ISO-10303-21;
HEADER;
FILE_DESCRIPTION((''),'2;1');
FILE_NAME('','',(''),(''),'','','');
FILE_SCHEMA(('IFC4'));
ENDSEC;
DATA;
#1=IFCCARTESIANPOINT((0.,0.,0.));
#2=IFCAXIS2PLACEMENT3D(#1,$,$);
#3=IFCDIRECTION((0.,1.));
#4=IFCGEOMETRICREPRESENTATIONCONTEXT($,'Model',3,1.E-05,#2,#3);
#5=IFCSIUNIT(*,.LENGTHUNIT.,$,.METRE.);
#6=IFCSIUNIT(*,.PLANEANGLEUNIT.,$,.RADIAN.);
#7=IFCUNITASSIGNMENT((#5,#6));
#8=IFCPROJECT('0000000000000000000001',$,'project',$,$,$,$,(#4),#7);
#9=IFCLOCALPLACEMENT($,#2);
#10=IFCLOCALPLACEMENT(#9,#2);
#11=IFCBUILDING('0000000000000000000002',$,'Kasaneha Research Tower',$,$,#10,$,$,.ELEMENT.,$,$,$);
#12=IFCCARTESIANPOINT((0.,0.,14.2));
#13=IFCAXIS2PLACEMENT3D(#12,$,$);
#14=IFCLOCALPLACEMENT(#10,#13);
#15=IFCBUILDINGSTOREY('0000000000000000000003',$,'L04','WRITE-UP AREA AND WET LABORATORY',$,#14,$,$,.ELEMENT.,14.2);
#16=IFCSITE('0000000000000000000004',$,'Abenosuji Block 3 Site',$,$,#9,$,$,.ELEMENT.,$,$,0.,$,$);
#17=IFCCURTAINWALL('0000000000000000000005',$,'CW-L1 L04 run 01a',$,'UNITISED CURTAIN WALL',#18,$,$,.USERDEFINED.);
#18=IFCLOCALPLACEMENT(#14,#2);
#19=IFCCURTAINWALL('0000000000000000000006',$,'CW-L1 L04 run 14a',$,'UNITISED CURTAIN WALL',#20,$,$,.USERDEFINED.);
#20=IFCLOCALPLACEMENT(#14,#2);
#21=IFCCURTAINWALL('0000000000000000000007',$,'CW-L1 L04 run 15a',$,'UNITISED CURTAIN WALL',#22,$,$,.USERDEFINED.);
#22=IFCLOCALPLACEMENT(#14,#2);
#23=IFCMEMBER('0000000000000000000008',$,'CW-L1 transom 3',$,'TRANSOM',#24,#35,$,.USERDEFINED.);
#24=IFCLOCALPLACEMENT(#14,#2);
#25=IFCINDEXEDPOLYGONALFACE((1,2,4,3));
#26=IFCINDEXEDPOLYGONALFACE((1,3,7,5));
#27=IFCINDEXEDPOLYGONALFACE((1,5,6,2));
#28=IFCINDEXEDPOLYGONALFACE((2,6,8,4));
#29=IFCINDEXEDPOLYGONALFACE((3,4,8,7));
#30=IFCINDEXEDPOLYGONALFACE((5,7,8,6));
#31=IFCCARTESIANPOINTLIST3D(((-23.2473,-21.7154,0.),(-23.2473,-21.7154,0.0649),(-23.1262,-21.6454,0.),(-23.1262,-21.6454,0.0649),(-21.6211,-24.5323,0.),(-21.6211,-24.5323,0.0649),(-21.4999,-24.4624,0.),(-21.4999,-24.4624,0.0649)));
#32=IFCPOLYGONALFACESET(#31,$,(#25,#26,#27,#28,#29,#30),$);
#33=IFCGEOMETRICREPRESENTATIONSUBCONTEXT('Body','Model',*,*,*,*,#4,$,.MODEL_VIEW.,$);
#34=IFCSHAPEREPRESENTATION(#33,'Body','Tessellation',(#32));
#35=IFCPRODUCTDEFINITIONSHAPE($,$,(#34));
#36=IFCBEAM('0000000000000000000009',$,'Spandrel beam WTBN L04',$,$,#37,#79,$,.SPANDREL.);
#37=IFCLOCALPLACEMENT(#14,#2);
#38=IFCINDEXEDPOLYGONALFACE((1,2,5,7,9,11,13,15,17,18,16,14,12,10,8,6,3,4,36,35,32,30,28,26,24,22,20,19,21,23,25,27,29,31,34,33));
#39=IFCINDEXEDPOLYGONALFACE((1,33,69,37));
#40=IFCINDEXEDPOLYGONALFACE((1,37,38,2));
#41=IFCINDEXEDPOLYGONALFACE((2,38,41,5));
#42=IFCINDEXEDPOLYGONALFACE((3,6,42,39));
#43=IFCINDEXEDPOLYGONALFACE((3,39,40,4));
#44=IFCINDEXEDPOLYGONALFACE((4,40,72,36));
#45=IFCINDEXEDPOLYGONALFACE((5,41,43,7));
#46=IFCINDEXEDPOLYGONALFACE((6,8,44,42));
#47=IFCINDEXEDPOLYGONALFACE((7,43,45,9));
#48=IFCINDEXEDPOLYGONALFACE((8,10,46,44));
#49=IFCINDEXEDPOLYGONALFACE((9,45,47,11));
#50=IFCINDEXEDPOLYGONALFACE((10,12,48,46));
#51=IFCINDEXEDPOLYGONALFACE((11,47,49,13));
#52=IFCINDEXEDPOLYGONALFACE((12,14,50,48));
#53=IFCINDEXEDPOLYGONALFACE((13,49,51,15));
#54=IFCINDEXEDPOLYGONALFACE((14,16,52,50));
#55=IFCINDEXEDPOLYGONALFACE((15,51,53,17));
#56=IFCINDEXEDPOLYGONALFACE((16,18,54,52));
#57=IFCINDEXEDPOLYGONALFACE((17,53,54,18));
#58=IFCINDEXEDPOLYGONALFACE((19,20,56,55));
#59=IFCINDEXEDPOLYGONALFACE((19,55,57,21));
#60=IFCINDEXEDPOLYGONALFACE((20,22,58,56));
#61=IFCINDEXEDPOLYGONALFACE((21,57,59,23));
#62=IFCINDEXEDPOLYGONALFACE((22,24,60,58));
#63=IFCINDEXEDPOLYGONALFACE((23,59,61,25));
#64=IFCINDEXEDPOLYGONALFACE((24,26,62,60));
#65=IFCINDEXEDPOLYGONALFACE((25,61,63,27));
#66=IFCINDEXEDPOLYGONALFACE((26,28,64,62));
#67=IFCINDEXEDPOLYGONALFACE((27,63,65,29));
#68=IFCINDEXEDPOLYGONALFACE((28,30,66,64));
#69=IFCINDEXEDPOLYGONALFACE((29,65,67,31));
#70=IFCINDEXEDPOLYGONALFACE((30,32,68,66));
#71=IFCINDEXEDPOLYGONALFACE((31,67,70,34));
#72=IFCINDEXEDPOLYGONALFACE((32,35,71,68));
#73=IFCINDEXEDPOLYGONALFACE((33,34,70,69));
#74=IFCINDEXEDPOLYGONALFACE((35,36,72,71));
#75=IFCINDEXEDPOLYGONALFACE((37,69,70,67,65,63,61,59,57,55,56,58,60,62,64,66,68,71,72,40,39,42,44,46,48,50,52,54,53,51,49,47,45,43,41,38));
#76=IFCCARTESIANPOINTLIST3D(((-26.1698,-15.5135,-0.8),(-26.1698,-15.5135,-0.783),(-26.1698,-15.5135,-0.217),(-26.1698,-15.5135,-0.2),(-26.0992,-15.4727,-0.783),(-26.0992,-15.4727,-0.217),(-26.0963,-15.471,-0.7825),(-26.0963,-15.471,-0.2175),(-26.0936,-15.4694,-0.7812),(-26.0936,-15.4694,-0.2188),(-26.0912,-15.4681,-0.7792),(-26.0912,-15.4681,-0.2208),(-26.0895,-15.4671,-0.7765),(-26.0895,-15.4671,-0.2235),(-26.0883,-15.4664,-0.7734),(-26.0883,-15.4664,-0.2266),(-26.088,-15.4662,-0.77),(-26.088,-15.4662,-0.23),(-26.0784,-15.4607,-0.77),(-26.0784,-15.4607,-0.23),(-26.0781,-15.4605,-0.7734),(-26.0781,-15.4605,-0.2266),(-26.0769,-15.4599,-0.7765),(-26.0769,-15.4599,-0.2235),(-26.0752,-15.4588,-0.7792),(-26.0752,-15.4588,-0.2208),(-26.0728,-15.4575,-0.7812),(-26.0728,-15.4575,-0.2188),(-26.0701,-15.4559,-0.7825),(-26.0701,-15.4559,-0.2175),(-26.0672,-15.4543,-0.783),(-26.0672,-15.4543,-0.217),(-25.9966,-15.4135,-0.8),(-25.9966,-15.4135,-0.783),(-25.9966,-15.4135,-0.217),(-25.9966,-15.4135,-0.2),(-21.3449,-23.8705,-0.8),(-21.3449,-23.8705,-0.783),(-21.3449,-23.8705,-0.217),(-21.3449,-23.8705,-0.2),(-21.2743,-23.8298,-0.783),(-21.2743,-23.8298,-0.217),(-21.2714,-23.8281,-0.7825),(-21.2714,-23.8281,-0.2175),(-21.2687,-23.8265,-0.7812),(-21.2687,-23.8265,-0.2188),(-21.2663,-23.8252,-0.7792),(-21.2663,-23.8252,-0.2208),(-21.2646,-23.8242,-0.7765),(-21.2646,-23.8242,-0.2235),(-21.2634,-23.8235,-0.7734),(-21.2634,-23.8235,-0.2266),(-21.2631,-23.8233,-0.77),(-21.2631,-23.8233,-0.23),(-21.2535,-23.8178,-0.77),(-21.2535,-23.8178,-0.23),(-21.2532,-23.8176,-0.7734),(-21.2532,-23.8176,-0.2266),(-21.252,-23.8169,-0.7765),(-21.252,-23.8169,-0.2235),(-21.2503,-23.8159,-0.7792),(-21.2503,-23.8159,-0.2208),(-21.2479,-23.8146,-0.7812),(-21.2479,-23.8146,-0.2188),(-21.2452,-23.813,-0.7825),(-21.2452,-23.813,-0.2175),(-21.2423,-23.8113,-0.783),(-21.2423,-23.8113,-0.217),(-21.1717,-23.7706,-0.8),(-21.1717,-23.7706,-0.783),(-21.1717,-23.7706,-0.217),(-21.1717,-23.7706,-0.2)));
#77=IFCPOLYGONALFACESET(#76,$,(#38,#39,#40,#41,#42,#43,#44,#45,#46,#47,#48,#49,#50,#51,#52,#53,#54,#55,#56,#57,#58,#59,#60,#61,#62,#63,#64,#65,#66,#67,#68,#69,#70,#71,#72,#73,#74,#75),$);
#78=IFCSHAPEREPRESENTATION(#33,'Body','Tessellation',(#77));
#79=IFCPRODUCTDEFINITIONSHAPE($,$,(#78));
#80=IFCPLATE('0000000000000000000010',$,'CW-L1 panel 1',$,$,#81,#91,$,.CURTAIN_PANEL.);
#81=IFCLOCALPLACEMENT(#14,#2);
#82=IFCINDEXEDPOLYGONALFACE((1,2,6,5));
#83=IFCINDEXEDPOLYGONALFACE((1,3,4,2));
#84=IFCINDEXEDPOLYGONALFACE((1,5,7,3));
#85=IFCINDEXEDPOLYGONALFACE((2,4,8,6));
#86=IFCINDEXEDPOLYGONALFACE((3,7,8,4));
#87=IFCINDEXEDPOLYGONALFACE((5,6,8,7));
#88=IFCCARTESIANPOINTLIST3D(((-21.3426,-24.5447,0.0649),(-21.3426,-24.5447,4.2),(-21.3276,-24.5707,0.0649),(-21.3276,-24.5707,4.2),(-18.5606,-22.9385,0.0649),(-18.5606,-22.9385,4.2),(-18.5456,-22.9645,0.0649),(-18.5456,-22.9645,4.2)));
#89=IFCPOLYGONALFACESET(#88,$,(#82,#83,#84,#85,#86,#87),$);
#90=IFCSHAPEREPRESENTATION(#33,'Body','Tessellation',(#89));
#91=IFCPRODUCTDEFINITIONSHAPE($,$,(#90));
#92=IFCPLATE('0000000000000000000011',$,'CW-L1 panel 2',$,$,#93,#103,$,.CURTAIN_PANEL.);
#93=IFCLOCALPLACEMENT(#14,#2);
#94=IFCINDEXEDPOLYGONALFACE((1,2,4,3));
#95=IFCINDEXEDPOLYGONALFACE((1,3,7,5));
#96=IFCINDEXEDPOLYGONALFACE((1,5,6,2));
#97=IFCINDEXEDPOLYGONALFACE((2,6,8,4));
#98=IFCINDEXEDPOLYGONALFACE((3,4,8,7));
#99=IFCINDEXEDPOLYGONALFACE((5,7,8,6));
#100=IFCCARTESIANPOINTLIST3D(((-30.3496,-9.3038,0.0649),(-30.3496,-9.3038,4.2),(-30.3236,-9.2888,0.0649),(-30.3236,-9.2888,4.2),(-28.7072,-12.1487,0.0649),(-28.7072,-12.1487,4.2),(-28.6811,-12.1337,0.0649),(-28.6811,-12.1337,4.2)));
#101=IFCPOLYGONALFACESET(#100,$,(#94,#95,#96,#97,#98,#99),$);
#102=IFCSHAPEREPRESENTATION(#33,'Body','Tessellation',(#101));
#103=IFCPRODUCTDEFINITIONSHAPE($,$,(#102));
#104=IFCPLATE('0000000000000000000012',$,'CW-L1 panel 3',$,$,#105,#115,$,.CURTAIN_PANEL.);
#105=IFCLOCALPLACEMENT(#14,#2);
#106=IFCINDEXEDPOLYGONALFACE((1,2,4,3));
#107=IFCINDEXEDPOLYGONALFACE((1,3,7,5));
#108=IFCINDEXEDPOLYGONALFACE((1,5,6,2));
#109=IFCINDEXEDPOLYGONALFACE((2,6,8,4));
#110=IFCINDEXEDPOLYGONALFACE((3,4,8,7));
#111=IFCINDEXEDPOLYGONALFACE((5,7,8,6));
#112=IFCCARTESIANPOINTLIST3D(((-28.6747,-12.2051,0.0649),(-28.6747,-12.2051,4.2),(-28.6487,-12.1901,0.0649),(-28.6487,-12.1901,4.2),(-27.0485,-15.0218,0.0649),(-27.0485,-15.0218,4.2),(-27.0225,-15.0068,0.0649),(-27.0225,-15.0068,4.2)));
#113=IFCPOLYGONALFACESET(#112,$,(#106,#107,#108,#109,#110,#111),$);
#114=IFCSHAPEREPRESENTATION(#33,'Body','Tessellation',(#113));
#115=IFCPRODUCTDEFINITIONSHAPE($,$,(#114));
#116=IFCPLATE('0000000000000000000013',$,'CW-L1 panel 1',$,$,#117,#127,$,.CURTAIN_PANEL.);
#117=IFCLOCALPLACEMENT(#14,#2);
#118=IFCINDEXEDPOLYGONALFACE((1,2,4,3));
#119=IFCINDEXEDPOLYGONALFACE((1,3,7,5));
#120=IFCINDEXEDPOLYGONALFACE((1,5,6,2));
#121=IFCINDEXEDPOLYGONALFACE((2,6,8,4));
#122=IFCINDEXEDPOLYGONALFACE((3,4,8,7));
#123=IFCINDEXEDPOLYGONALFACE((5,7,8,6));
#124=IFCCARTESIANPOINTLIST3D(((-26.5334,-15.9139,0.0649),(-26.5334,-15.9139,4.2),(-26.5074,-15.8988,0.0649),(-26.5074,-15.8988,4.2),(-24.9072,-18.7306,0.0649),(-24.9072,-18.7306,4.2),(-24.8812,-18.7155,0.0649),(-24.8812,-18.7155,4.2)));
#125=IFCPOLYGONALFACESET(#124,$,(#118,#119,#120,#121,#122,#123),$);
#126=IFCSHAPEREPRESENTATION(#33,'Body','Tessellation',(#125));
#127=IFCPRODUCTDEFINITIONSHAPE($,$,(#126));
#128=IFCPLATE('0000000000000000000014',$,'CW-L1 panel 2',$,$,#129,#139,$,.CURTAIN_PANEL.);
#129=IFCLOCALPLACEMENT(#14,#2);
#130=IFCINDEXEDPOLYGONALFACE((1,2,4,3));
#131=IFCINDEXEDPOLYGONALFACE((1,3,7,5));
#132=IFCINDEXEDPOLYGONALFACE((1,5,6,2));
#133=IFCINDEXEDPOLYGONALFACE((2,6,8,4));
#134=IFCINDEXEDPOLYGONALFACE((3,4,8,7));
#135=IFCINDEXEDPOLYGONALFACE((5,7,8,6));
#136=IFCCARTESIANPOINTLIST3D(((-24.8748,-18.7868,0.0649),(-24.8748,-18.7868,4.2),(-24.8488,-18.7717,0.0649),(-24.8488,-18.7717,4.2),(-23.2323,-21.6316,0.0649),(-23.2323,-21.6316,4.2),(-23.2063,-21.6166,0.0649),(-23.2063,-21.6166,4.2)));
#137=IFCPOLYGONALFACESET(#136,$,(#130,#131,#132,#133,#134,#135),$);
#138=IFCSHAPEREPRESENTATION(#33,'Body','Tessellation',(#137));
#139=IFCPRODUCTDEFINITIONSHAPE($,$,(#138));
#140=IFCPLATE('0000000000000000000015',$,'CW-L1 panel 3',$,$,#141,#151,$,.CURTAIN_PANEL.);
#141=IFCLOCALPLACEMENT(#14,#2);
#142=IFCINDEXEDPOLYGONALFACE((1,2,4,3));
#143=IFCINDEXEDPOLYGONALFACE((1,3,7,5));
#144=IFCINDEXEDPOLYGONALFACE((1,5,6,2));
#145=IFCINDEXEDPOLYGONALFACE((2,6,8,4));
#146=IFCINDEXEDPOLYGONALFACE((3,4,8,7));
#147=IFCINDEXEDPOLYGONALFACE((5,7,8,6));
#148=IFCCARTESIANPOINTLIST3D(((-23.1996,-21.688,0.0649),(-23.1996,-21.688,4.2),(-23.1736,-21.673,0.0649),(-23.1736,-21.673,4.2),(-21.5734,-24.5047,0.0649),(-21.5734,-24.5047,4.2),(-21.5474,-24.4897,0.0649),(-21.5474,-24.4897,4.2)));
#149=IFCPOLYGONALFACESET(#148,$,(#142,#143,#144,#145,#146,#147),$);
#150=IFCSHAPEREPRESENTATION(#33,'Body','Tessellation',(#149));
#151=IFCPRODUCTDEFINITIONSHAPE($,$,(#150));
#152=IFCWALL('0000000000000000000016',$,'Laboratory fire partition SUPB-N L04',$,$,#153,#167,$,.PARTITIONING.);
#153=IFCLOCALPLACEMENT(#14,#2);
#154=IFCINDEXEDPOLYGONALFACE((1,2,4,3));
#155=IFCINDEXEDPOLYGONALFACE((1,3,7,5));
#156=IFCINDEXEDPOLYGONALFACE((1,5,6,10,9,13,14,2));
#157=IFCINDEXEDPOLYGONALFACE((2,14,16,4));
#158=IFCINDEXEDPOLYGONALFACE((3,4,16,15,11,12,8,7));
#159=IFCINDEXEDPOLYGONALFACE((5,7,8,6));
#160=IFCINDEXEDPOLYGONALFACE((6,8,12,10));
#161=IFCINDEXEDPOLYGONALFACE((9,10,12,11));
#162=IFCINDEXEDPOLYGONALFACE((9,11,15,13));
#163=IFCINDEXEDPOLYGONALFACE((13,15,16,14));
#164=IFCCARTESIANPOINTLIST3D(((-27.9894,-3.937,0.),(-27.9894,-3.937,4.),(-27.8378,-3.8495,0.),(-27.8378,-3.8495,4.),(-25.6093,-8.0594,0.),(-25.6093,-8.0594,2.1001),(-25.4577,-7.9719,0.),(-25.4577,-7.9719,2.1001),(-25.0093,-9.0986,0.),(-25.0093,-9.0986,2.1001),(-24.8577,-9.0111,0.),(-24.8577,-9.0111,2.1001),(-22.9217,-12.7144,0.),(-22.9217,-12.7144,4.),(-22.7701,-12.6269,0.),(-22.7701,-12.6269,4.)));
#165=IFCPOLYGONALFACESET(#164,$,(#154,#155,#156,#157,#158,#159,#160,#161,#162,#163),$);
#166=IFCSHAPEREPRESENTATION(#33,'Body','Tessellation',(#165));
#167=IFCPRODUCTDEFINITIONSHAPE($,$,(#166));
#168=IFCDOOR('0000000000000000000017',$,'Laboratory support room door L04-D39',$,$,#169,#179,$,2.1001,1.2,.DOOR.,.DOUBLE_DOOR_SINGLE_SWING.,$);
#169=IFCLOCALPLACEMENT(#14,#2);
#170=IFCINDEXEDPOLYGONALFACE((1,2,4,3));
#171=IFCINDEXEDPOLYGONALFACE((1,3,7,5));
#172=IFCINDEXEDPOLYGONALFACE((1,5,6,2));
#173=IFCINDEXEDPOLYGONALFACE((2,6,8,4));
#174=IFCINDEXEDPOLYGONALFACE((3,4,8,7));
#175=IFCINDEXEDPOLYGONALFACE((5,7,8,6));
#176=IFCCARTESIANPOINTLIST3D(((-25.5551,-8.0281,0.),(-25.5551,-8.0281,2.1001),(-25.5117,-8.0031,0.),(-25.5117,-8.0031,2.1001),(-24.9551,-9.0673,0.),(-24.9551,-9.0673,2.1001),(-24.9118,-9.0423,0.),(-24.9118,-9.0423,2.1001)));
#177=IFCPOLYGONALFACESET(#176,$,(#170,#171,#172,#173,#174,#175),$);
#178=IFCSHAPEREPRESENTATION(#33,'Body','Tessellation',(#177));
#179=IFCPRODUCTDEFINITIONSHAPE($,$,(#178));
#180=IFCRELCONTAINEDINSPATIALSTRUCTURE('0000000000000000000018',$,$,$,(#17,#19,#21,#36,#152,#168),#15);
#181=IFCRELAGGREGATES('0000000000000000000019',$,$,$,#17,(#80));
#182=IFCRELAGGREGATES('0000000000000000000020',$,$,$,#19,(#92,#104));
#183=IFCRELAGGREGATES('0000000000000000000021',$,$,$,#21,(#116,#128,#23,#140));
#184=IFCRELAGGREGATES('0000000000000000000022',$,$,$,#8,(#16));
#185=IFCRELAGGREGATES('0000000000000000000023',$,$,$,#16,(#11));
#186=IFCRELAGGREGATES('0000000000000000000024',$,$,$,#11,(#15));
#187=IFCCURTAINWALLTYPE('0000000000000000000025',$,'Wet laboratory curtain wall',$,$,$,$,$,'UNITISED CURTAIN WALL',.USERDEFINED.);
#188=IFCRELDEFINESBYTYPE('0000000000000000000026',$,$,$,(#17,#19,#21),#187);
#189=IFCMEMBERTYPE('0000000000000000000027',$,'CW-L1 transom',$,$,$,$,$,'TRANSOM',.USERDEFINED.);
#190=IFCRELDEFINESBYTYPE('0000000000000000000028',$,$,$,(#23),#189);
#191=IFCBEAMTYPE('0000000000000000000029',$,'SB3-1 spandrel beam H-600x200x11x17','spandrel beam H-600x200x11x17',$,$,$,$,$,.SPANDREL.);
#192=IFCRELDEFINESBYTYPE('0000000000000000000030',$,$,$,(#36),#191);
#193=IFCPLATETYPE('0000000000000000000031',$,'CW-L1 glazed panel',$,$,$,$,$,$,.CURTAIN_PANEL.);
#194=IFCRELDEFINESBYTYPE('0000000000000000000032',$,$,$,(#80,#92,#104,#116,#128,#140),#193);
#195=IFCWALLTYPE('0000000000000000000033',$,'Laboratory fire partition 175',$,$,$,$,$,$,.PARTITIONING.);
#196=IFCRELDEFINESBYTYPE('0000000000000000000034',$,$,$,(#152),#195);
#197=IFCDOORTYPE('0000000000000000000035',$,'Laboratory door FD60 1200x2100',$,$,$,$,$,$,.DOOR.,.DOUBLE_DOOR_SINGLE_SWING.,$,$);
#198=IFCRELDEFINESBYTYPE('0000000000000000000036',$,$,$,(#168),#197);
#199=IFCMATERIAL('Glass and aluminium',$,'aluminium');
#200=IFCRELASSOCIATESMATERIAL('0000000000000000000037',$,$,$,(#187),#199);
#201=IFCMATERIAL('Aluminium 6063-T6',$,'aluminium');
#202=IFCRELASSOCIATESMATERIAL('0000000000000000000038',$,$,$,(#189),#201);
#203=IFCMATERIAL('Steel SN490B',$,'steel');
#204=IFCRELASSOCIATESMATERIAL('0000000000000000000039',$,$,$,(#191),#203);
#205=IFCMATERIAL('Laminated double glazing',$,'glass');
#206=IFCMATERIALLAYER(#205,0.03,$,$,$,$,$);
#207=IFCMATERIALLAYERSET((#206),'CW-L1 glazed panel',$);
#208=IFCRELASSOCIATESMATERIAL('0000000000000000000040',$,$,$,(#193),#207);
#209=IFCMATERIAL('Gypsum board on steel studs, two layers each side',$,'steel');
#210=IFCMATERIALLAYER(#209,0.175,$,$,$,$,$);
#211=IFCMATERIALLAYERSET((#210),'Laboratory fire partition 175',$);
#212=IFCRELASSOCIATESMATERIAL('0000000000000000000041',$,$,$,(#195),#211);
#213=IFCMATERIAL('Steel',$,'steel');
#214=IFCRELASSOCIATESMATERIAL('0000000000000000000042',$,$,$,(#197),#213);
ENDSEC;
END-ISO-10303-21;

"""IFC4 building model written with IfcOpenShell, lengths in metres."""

from ifc_helpers import new_model, si_unit, direction, frame, frame_2d, origin, origin_2d, place, context, subcontext, project, spatial, rectangle, i_section, extrude, material, layer, layer_set, material_profile, profile_set, type_object, element, fill, aggregate, save


model = new_model("IFC4")

# Units and contexts
model_context = context("Model", 3, precision=1e-05, world=origin(), true_north=direction((0.0, 1.0)))
body_context = subcontext(model_context, "Body", "Model", "MODEL_VIEW")
ifc_project = project(units=[si_unit("LENGTHUNIT", "METRE"), si_unit("PLANEANGLEUNIT", "RADIAN")], contexts=[model_context])

# Site, building, storey
site_placement = place(None, origin())
site = spatial("IfcSite", under=ifc_project, at=site_placement, Name="Abenosuji Block 3 Site", CompositionType="ELEMENT", RefElevation=0.0)
building_placement = place(site_placement, origin())
building = spatial("IfcBuilding", under=site, at=building_placement, Name="Kasaneha Research Tower", CompositionType="ELEMENT")
storey_placement = place(building_placement, frame((0.0, 0.0, 14.2)))
storey = spatial("IfcBuildingStorey", under=building, at=storey_placement, Name="L04", Description="WRITE-UP AREA AND WET LABORATORY", CompositionType="ELEMENT", Elevation=14.2)

# Curtain wall
ifc_material_1 = material(Name="Glass and aluminium", Category="aluminium")
curtain_wall_type = type_object("IfcCurtainWallType", Name="Wet laboratory curtain wall", ElementType="UNITISED CURTAIN WALL", PredefinedType="USERDEFINED", material=ifc_material_1)
curtain_wall_1_placement = place(storey_placement, origin())
curtain_wall_1 = element("IfcCurtainWall", 1, at=curtain_wall_1_placement, inside=storey, type_object=curtain_wall_type, Name="CW-L1 L04 run 01a", ObjectType="UNITISED CURTAIN WALL", PredefinedType="USERDEFINED")

# Curtain walls
curtain_wall_2_placement = place(storey_placement, origin())
curtain_wall_2 = element("IfcCurtainWall", 2, at=curtain_wall_2_placement, inside=storey, type_object=curtain_wall_type, Name="CW-L1 L04 run 14a", ObjectType="UNITISED CURTAIN WALL", PredefinedType="USERDEFINED")
curtain_wall_3_placement = place(storey_placement, origin())
curtain_wall_3 = element("IfcCurtainWall", 3, at=curtain_wall_3_placement, inside=storey, type_object=curtain_wall_type, Name="CW-L1 L04 run 15a", ObjectType="UNITISED CURTAIN WALL", PredefinedType="USERDEFINED")

# Member
ifc_material_2 = material(Name="Aluminium 6063-T6", Category="aluminium")
ifc_material_profile_1 = material_profile(ifc_material_2, rectangle(XDim=0.1399, YDim=0.0649, at=origin_2d()), Name="CW-L1 transom 140x65")
ifc_profile_set_1 = profile_set([ifc_material_profile_1], Name="Aluminium 6063-T6")
member_type_1 = type_object("IfcMemberType", Name="CW-L1 transom", ElementType="TRANSOM", PredefinedType="USERDEFINED", material=ifc_profile_set_1)
member_1_placement = place(storey_placement, frame((-23.1868, -21.6804, 0.0325), z_axis=(0.499974, -0.866041, 0.0), x_axis=(0.866041, 0.499974, 0.0)))
member_1 = element("IfcMember", 4, at=member_1_placement, type_object=member_type_1, Name="CW-L1 transom 3", ObjectType="TRANSOM", PredefinedType="USERDEFINED", context=body_context, shape_type="SweptSolid", body=[
    extrude(rectangle(XDim=0.1399, YDim=0.0649, at=origin_2d()), origin(), (0.0, 0.0, 1.0), 3.2527),
])

# Beam
ifc_material_3 = material(Name="Steel SN490B", Category="steel")
ifc_material_profile_2 = material_profile(ifc_material_3, i_section(OverallWidth=0.2, OverallDepth=0.6001, WebThickness=0.011, FlangeThickness=0.0171, FilletRadius=0.0129, at=origin_2d()), Name="H-600x200x11x17")
ifc_profile_set_2 = profile_set([ifc_material_profile_2], Name="Steel SN490B")
beam_type = type_object("IfcBeamType", Name="SB3-1 spandrel beam H-600x200x11x17", Description="spandrel beam H-600x200x11x17", PredefinedType="SPANDREL", material=ifc_profile_set_2)
beam_placement = place(storey_placement, frame((-21.2583, -23.8206, -0.5), z_axis=(-0.499995, 0.866028, 0.0), x_axis=(-0.866028, -0.499995, 0.0)))
element("IfcBeam", 5, at=beam_placement, inside=storey, type_object=beam_type, Name="Spandrel beam WTBN L04", PredefinedType="SPANDREL", context=body_context, shape_type="SweptSolid", body=[
    extrude(i_section(OverallWidth=0.2, OverallDepth=0.6001, WebThickness=0.011, FlangeThickness=0.0171, FilletRadius=0.0129, at=origin_2d()), origin(), (0.0, 0.0, 1.0), 9.6499),
])

# Plates
ifc_material_4 = material(Name="Laminated double glazing", Category="glass")
ifc_layer_1 = layer(ifc_material_4, 0.03)
ifc_layer_set_1 = layer_set([ifc_layer_1], Name="CW-L1 glazed panel")
plate_type = type_object("IfcPlateType", Name="CW-L1 glazed panel", PredefinedType="CURTAIN_PANEL", material=ifc_layer_set_1)
plate_1_placement = place(storey_placement, frame((-19.9441, -23.7546, 0.0649), z_axis=(0.0, 0.0, 1.0), x_axis=(0.866025, 0.5, 0.0)))
plate_1 = element("IfcPlate", 6, at=plate_1_placement, type_object=plate_type, Name="CW-L1 panel 1", PredefinedType="CURTAIN_PANEL", context=body_context, shape_type="SweptSolid", body=[
    extrude(rectangle(XDim=3.2124, YDim=0.03, at=origin_2d()), origin(), (0.0, 0.0, 1.0), 4.135),
])
aggregate(curtain_wall_1, [plate_1])
plate_2_placement = place(storey_placement, frame((-29.5154, -10.7188, 0.0649), z_axis=(0.0, 0.0, 1.0), x_axis=(0.5, -0.866025, 0.0)))
plate_2 = element("IfcPlate", 7, at=plate_2_placement, type_object=plate_type, Name="CW-L1 panel 2", PredefinedType="CURTAIN_PANEL", context=body_context, shape_type="SweptSolid", body=[
    extrude(rectangle(XDim=3.2849, YDim=0.03, at=origin_2d()), origin(), (0.0, 0.0, 1.0), 4.135),
])
plate_3_placement = place(storey_placement, frame((-27.8486, -13.606, 0.0649), z_axis=(0.0, 0.0, 1.0), x_axis=(0.5, -0.866025, 0.0)))
plate_3 = element("IfcPlate", 8, at=plate_3_placement, type_object=plate_type, Name="CW-L1 panel 3", PredefinedType="CURTAIN_PANEL", context=body_context, shape_type="SweptSolid", body=[
    extrude(rectangle(XDim=3.2524, YDim=0.03, at=origin_2d()), origin(), (0.0, 0.0, 1.0), 4.135),
])
aggregate(curtain_wall_2, [plate_2, plate_3])
plate_4_placement = place(storey_placement, frame((-25.7073, -17.3147, 0.0649), z_axis=(0.0, 0.0, 1.0), x_axis=(0.5, -0.866025, 0.0)))
plate_4 = element("IfcPlate", 9, at=plate_4_placement, type_object=plate_type, Name="CW-L1 panel 1", PredefinedType="CURTAIN_PANEL", context=body_context, shape_type="SweptSolid", body=[
    extrude(rectangle(XDim=3.2524, YDim=0.03, at=origin_2d()), origin(), (0.0, 0.0, 1.0), 4.135),
])
plate_5_placement = place(storey_placement, frame((-24.0405, -20.2017, 0.0649), z_axis=(0.0, 0.0, 1.0), x_axis=(0.5, -0.866025, 0.0)))
plate_5 = element("IfcPlate", 10, at=plate_5_placement, type_object=plate_type, Name="CW-L1 panel 2", PredefinedType="CURTAIN_PANEL", context=body_context, shape_type="SweptSolid", body=[
    extrude(rectangle(XDim=3.2849, YDim=0.03, at=origin_2d()), origin(), (0.0, 0.0, 1.0), 4.135),
])
plate_6_placement = place(storey_placement, frame((-22.3735, -23.0889, 0.0649), z_axis=(0.0, 0.0, 1.0), x_axis=(0.5, -0.866025, 0.0)))
plate_6 = element("IfcPlate", 11, at=plate_6_placement, type_object=plate_type, Name="CW-L1 panel 3", PredefinedType="CURTAIN_PANEL", context=body_context, shape_type="SweptSolid", body=[
    extrude(rectangle(XDim=3.2524, YDim=0.03, at=origin_2d()), origin(), (0.0, 0.0, 1.0), 4.135),
])
aggregate(curtain_wall_3, [plate_4, plate_5, member_1, plate_6])

# Wall, opening, door
ifc_material_5 = material(Name="Gypsum board on steel studs, two layers each side", Category="steel")
ifc_layer_2 = layer(ifc_material_5, 0.175)
ifc_layer_set_2 = layer_set([ifc_layer_2], Name="Laboratory fire partition 175")
wall_type = type_object("IfcWallType", Name="Laboratory fire partition 175", PredefinedType="PARTITIONING", material=ifc_layer_set_2)
wall_1_placement = place(storey_placement, frame((-22.8459, -12.6707, 0.0), z_axis=(0.0, 0.0, 1.0), x_axis=(-0.500002, 0.866024, 0.0)))
wall_1 = element("IfcWall", 12, at=wall_1_placement, inside=storey, type_object=wall_type, Name="Laboratory fire partition SUPB-N L04", PredefinedType="PARTITIONING", context=body_context, shape_type="SweptSolid", body=[
    extrude(rectangle(XDim=10.1353, YDim=0.175, at=frame_2d((5.0676, 0.0))), origin(), (0.0, 0.0, 1.0), 4.0),
])
opening_1_placement = place(wall_1_placement, frame((4.175, 0.0, 0.0)))
opening_1 = element("IfcOpeningElement", 13, at=opening_1_placement, cuts=wall_1, PredefinedType="OPENING", context=body_context, shape_type="SweptSolid", body=[
    extrude(rectangle(XDim=1.2, YDim=2.1001, at=frame_2d((0.6001, 1.05))), frame((0.0, 0.0977, 0.0), z_axis=(0.0, -1.0, 0.0), x_axis=(1.0, 0.0, 0.0)), (0.0, 0.0, 1.0), 0.1951),
])
ifc_material_6 = material(Name="Steel", Category="steel")
door_type = type_object("IfcDoorType", Name="Laboratory door FD60 1200x2100", OperationType="DOUBLE_DOOR_SINGLE_SWING", PredefinedType="DOOR", material=ifc_material_6)
door_1_placement = place(opening_1_placement, origin())
door_1 = element("IfcDoor", 14, at=door_1_placement, inside=storey, type_object=door_type, Name="Laboratory support room door L04-D39", OperationType="DOUBLE_DOOR_SINGLE_SWING", OverallHeight=2.1001, OverallWidth=1.2, PredefinedType="DOOR", context=body_context, shape_type="SweptSolid", body=[
    extrude(rectangle(XDim=1.2, YDim=2.1001, at=frame_2d((0.6001, 1.05))), frame((0.0, 0.0249, 0.0), z_axis=(0.0, -1.0, 0.0), x_axis=(1.0, 0.0, 0.0)), (0.0, 0.0, 1.0), 0.05),
])
fill(opening_1, door_1)

save(model, "model.ifc")
